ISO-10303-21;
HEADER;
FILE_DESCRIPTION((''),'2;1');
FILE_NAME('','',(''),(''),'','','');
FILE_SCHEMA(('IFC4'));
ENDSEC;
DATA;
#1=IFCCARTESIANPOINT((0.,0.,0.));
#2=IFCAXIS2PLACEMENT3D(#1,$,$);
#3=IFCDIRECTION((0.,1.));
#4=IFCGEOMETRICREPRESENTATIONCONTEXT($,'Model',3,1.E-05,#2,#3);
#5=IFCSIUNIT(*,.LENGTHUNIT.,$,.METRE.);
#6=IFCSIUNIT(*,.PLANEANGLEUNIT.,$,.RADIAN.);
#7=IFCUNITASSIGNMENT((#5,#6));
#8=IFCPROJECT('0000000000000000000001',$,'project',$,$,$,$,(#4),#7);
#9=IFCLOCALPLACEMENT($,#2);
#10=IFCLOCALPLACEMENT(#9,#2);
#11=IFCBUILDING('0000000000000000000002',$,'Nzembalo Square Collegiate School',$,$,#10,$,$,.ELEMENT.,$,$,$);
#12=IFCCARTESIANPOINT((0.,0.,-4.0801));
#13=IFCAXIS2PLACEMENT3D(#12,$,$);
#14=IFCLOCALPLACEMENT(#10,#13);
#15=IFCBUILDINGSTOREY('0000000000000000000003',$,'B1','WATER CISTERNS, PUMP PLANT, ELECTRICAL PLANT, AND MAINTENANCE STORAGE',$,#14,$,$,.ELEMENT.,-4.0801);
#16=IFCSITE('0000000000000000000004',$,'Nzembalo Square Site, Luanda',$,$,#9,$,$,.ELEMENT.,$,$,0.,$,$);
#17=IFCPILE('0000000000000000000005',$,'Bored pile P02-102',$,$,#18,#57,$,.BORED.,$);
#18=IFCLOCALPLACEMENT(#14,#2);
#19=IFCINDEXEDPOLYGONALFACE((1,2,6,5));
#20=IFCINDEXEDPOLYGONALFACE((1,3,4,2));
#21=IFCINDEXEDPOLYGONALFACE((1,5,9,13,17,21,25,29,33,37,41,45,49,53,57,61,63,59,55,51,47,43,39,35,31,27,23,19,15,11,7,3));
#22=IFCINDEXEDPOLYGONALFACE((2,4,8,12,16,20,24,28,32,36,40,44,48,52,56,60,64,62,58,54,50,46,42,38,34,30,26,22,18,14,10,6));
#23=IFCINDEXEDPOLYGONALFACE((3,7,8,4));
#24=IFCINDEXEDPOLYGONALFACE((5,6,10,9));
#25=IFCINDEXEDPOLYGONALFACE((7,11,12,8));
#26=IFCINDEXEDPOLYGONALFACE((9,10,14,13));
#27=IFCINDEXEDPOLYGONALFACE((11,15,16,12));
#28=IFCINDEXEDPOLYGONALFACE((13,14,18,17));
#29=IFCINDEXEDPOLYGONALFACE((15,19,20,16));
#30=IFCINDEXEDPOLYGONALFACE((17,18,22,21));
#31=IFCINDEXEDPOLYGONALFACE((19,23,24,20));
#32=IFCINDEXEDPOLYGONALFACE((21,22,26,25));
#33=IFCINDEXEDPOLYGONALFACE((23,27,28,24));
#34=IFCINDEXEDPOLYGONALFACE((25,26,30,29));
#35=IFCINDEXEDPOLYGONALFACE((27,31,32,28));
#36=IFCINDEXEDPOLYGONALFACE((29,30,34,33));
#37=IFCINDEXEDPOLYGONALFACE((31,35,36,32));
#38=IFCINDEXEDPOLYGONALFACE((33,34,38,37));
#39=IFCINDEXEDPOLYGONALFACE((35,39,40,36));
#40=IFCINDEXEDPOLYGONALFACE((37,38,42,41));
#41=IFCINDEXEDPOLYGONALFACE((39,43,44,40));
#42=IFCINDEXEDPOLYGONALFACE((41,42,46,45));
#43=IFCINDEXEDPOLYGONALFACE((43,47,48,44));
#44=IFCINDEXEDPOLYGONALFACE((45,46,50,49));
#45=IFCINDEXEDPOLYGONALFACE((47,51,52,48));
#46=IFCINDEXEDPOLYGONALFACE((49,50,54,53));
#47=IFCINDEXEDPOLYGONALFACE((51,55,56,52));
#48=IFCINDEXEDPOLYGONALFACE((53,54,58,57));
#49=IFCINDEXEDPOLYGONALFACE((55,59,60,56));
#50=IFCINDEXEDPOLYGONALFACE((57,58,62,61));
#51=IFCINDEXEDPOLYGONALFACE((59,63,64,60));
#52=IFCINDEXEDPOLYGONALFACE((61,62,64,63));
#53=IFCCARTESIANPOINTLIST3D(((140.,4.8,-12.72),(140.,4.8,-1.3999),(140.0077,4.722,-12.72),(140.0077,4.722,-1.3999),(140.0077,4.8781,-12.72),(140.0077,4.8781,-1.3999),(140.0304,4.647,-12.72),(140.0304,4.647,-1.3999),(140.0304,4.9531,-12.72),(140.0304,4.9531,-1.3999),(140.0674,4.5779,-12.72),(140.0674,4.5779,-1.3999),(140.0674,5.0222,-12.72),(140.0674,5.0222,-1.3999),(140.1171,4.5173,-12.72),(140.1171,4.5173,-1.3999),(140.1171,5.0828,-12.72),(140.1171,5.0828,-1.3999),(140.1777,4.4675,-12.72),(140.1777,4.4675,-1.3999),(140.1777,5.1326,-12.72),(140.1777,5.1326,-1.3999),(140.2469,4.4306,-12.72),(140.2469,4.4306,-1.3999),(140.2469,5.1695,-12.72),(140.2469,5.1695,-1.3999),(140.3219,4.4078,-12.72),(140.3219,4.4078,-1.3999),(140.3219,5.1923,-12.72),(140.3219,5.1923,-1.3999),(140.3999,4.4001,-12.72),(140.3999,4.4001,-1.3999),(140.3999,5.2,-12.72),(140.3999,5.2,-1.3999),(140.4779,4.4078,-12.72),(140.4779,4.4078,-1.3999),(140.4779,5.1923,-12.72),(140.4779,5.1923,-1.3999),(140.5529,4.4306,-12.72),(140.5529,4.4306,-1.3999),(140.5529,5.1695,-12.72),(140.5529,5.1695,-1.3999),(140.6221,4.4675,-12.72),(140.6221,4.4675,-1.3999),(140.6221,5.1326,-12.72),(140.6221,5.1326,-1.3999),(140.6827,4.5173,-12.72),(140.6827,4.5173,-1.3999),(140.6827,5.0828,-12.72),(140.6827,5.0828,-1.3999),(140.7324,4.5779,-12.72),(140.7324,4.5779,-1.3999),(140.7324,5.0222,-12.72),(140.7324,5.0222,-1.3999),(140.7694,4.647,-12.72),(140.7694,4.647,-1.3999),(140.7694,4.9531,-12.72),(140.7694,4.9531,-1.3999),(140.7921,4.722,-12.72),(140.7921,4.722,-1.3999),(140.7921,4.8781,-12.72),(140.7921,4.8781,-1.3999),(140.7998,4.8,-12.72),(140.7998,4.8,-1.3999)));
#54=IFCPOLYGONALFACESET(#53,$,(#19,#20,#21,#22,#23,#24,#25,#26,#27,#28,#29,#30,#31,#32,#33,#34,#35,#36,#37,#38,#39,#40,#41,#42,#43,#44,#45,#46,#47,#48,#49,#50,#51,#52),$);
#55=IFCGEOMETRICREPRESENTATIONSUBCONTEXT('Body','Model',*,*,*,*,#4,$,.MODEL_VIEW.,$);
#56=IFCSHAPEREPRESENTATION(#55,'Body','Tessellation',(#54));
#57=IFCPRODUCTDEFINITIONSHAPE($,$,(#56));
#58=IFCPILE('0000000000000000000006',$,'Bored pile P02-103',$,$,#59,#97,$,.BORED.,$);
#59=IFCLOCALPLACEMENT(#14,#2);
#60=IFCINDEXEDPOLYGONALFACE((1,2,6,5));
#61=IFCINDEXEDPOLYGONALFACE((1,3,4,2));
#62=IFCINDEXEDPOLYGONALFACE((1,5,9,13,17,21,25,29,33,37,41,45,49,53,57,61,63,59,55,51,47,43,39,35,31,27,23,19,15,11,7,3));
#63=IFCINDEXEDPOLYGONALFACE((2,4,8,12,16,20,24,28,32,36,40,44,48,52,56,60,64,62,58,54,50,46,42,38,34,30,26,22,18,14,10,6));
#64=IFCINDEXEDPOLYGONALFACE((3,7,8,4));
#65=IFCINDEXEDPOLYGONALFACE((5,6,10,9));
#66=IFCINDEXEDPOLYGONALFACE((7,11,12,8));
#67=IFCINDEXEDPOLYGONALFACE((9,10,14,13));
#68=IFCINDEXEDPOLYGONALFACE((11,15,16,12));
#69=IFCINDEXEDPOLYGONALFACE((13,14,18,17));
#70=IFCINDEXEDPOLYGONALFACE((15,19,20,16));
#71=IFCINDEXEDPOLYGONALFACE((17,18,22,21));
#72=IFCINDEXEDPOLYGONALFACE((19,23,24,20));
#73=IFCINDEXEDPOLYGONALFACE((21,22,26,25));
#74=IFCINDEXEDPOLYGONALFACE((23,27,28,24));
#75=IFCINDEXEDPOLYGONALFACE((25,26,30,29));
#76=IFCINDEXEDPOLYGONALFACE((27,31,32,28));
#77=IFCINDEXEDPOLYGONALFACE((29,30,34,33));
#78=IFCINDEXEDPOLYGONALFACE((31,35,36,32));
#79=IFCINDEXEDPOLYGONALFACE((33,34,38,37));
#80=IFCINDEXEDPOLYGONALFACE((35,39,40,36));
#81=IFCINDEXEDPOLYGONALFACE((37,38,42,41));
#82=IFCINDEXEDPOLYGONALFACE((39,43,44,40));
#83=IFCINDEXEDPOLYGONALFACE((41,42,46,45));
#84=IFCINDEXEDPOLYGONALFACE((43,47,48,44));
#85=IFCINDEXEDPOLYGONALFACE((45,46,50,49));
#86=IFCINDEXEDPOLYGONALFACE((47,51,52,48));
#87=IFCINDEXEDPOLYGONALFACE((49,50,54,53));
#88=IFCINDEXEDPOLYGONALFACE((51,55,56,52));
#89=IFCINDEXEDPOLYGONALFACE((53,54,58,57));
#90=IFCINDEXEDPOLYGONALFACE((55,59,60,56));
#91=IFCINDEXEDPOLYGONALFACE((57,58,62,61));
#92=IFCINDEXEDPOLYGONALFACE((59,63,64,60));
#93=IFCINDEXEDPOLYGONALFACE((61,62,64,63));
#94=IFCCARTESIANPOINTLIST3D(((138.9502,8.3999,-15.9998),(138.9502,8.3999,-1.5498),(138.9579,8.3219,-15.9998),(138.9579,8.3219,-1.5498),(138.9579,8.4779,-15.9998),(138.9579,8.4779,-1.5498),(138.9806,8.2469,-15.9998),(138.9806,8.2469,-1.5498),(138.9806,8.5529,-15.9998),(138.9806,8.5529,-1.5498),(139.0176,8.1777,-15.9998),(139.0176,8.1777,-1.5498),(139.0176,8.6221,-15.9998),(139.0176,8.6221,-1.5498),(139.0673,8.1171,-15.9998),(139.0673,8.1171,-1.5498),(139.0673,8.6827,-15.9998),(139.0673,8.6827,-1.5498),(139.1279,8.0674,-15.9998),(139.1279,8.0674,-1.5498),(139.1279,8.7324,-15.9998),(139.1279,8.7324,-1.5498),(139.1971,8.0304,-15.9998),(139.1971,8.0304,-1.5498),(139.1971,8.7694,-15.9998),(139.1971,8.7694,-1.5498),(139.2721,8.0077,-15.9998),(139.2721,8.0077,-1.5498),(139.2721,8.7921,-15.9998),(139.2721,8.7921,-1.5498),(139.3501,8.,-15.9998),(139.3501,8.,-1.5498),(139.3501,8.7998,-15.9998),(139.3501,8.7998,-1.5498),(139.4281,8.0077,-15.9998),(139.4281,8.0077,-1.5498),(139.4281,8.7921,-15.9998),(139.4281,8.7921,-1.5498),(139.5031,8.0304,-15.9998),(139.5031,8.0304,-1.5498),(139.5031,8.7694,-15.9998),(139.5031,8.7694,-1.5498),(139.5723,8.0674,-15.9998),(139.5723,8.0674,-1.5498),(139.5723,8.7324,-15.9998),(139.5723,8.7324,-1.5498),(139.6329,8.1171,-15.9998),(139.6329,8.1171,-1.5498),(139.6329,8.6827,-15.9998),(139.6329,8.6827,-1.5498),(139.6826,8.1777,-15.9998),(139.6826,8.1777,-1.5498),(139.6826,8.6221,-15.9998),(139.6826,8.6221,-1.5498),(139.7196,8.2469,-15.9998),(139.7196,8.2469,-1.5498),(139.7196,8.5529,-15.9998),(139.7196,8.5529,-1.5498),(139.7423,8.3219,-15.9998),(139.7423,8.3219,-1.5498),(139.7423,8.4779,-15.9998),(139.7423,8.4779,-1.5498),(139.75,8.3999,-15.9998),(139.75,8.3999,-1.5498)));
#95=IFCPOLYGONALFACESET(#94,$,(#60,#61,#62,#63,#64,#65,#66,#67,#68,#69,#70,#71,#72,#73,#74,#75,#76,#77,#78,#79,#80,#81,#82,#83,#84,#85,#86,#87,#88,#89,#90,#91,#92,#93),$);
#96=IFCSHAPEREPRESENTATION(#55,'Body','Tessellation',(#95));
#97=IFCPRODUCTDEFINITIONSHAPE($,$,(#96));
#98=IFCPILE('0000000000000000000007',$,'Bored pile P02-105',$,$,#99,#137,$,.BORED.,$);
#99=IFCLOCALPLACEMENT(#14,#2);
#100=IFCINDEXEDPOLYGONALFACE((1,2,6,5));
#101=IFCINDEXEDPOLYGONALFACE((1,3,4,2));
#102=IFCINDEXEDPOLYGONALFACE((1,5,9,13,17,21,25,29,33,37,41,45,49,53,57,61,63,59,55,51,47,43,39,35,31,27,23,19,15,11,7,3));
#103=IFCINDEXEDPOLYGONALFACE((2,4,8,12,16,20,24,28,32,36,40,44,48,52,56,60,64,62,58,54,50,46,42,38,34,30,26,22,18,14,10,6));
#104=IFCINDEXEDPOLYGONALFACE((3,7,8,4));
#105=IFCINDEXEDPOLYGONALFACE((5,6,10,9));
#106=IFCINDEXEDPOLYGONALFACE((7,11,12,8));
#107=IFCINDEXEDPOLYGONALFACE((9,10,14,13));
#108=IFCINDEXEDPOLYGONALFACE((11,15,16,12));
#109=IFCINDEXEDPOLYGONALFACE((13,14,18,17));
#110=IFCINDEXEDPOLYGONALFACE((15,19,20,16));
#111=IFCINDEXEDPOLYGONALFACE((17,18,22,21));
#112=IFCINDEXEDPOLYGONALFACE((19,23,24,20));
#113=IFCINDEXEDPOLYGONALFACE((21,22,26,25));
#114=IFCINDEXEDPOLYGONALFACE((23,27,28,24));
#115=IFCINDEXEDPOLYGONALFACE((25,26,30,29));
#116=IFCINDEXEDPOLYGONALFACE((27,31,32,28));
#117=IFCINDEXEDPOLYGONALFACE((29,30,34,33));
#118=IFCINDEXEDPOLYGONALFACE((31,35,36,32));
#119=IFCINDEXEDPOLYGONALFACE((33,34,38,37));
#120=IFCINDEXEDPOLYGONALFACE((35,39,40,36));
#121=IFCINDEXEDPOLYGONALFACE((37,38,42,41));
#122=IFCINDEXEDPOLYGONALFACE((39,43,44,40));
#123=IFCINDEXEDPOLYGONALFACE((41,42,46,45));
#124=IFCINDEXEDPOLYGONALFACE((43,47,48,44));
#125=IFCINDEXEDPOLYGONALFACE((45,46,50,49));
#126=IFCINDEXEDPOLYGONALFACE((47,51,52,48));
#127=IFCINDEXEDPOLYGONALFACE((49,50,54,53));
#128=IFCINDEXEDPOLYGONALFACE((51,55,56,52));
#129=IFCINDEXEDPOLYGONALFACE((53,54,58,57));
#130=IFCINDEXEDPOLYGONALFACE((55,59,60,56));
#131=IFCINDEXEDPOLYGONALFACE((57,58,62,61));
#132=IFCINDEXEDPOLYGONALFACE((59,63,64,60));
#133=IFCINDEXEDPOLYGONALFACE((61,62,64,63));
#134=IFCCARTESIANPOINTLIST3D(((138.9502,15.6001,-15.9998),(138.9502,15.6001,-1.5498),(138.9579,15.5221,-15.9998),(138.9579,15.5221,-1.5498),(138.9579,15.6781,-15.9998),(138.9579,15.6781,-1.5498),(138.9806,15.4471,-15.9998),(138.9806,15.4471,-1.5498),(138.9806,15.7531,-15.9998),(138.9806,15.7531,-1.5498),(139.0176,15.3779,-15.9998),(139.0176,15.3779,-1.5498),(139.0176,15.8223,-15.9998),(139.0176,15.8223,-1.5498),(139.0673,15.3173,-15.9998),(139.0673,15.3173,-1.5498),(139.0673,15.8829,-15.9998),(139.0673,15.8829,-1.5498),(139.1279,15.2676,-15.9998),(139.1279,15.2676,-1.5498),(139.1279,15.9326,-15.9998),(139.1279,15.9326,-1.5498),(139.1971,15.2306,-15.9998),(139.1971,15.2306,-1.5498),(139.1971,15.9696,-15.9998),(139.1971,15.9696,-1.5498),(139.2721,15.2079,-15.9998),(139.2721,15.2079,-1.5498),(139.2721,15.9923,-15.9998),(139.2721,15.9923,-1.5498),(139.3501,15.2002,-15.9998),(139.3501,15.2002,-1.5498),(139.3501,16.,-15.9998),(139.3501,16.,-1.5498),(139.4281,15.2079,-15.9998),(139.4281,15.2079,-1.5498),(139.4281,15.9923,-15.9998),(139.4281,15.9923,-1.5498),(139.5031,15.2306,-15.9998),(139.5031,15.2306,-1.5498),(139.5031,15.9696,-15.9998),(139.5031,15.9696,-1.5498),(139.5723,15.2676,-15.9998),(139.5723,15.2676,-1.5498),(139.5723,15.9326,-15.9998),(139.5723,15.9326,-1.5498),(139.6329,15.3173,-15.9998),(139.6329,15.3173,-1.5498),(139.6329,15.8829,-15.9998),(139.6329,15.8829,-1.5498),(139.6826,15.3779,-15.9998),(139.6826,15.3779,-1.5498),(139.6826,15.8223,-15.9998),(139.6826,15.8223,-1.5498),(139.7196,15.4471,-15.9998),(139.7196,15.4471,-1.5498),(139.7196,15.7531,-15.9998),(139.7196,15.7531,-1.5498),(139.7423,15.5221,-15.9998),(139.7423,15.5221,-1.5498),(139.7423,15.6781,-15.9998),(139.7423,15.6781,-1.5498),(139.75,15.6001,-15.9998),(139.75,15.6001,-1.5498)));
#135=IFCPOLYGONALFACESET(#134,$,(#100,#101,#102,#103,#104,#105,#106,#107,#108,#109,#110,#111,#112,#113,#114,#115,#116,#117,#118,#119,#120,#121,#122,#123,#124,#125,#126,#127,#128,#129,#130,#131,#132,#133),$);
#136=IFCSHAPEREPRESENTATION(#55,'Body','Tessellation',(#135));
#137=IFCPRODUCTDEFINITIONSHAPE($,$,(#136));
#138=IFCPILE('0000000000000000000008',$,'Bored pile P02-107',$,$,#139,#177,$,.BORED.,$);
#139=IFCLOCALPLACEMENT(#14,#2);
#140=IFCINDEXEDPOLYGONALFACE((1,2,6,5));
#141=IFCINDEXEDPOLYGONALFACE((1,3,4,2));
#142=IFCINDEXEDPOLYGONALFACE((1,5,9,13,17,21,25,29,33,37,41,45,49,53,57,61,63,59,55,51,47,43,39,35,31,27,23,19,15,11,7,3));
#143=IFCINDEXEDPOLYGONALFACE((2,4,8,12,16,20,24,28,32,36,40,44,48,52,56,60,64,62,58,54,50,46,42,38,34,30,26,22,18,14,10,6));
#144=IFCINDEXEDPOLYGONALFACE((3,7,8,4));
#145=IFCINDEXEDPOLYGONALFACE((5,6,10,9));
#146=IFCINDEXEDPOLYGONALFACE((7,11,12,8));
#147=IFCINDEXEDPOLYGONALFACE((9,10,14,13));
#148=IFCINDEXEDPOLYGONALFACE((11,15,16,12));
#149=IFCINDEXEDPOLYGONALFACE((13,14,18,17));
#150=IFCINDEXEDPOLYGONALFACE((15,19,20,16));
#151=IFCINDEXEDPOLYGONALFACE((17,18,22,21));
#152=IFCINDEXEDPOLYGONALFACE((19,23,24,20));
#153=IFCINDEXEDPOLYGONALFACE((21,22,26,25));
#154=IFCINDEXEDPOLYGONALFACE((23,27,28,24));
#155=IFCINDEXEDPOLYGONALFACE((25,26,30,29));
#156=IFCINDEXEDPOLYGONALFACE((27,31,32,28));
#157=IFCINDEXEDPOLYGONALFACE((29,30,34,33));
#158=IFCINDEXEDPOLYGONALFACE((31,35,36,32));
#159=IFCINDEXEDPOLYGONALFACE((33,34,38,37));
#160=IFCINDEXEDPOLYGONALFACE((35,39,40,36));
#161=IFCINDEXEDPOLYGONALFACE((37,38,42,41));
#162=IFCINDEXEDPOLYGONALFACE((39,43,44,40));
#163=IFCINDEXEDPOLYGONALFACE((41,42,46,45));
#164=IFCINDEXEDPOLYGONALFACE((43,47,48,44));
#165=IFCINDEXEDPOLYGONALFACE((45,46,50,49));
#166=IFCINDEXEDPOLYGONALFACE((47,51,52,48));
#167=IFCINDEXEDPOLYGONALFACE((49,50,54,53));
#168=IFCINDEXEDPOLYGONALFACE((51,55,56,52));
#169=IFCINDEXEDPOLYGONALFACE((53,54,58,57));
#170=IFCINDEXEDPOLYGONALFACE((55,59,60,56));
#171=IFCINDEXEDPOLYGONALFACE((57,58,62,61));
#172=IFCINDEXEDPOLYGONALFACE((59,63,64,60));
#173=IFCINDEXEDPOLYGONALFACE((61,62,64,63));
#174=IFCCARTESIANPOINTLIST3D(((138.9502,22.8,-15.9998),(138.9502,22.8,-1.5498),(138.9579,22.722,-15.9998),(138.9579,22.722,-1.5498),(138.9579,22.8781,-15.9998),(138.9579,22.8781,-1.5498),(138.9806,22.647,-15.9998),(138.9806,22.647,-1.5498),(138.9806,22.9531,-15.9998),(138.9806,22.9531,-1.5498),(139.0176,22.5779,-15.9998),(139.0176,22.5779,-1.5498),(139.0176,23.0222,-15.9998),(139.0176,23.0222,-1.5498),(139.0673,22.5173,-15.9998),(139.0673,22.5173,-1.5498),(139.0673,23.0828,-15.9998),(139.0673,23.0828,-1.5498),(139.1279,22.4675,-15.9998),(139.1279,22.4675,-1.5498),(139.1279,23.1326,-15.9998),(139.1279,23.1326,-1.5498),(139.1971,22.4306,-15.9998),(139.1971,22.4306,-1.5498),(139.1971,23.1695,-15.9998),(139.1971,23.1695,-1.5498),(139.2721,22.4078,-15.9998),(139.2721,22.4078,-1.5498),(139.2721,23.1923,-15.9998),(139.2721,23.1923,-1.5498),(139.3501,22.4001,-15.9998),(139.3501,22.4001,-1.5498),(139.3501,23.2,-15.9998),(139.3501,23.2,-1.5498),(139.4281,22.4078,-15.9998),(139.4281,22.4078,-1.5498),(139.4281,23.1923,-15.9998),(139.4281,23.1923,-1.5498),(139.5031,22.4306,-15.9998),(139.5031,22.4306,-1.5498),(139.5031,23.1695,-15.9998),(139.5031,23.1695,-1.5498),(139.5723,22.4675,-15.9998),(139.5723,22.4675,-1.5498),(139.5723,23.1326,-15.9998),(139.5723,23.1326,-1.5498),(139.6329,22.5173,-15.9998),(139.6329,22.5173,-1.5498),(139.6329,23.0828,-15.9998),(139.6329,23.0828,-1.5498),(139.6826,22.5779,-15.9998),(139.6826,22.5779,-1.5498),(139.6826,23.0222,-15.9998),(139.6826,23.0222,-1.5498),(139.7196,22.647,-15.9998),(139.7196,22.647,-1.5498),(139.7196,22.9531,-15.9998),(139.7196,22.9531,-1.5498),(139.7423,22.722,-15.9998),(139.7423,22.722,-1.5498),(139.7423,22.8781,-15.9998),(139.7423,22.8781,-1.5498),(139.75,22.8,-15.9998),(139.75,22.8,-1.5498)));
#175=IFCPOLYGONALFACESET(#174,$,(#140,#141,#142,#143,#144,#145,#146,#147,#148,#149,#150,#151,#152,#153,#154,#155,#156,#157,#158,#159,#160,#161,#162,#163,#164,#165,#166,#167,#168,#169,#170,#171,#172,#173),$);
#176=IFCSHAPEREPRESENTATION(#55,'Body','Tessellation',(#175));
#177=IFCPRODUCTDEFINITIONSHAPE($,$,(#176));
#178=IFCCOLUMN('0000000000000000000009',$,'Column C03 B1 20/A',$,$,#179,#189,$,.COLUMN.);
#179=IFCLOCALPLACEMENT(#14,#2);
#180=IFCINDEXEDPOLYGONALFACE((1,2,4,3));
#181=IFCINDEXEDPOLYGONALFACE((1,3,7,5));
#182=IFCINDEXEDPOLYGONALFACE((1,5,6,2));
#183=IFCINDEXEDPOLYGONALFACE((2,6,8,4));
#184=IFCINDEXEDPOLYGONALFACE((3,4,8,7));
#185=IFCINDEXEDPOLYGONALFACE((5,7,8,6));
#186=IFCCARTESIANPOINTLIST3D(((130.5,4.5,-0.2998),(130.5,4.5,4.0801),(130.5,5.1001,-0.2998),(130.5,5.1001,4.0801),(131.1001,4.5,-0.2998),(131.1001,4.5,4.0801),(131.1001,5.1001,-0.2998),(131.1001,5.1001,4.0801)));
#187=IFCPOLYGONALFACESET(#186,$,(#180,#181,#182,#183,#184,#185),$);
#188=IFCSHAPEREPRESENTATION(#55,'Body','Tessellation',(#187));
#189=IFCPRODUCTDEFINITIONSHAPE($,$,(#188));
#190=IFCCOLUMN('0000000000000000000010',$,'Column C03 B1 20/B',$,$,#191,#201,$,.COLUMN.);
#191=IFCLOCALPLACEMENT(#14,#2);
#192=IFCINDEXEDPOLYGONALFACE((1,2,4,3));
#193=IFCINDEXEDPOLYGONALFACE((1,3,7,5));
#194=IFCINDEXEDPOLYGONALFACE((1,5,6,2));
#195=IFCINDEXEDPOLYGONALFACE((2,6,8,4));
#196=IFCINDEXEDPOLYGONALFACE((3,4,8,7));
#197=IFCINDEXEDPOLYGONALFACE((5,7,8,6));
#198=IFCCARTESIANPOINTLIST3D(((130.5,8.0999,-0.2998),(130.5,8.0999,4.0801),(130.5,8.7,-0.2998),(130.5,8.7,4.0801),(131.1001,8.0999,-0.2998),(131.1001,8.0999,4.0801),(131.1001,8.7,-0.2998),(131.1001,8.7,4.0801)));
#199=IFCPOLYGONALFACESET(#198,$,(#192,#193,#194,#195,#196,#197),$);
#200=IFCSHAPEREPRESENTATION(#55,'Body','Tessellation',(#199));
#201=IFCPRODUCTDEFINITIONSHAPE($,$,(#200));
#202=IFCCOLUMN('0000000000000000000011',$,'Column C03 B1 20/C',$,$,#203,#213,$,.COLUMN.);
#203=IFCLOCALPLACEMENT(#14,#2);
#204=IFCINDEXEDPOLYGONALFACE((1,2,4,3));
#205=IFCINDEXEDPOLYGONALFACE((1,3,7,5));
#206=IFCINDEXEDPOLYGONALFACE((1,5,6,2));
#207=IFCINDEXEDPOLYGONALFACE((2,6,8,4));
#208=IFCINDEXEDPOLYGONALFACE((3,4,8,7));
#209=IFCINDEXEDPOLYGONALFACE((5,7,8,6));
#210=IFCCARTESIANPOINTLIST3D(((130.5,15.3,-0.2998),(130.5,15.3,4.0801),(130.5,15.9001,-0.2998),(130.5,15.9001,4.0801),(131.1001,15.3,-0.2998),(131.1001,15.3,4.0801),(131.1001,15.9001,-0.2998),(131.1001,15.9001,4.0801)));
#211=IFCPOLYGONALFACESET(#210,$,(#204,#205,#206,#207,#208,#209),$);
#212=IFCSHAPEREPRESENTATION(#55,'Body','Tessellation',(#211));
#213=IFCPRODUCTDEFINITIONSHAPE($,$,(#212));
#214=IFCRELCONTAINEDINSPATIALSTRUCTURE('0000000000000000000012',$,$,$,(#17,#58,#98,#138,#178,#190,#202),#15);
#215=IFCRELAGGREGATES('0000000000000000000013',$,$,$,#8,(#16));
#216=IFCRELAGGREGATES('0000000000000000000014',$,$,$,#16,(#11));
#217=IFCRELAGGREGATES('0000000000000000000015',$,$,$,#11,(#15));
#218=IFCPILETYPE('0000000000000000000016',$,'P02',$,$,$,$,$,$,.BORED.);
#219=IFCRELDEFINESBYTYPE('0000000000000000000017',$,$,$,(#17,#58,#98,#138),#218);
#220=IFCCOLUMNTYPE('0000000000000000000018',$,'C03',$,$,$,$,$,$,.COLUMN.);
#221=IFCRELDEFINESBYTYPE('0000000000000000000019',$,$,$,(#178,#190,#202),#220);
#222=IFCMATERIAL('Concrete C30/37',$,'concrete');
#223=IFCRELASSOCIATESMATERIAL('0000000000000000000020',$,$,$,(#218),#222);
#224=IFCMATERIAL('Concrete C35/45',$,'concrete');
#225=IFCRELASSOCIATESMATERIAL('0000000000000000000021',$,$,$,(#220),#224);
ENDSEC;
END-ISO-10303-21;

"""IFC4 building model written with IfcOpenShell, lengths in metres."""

from ifc_helpers import new_model, si_unit, direction, frame, origin, origin_2d, place, context, subcontext, project, spatial, rectangle, circle, extrude, material, material_profile, profile_set, type_object, element, save


model = new_model("IFC4")

# Units and contexts
model_context = context("Model", 3, precision=1e-05, world=origin(), true_north=direction((0.0, 1.0)))
body_context = subcontext(model_context, "Body", "Model", "MODEL_VIEW")
ifc_project = project(units=[si_unit("LENGTHUNIT", "METRE"), si_unit("PLANEANGLEUNIT", "RADIAN")], contexts=[model_context])

# Site, building, storey
site_placement = place(None, origin())
site = spatial("IfcSite", under=ifc_project, at=site_placement, Name="Nzembalo Square Site, Luanda", CompositionType="ELEMENT", RefElevation=0.0)
building_placement = place(site_placement, origin())
building = spatial("IfcBuilding", under=site, at=building_placement, Name="Nzembalo Square Collegiate School", CompositionType="ELEMENT")
storey_placement = place(building_placement, frame((0.0, 0.0, -4.0801)))
storey = spatial("IfcBuildingStorey", under=building, at=storey_placement, Name="B1", Description="WATER CISTERNS, PUMP PLANT, ELECTRICAL PLANT, AND MAINTENANCE STORAGE", CompositionType="ELEMENT", Elevation=-4.0801)

# Piles
ifc_material_1 = material(Name="Concrete C30/37", Category="concrete")
ifc_material_profile_1 = material_profile(ifc_material_1, circle(Radius=0.3999, at=origin_2d()), Name="PILE D800")
ifc_profile_set_1 = profile_set([ifc_material_profile_1], Name="Concrete C30/37")
pile_type = type_object("IfcPileType", Name="P02", PredefinedType="BORED", material=ifc_profile_set_1)
pile_1_placement = place(storey_placement, frame((140.3999, 4.8, -1.3999), z_axis=(0.0, 0.0, -1.0), x_axis=(1.0, 0.0, 0.0)))
element("IfcPile", 1, at=pile_1_placement, inside=storey, type_object=pile_type, Name="Bored pile P02-102", PredefinedType="BORED", context=body_context, shape_type="SweptSolid", body=[
    extrude(circle(Radius=0.3999, at=origin_2d()), origin(), (0.0, 0.0, 1.0), 11.3201),
])
for number, where, z_axis, x_axis, name in (
    (2, (139.3501, 8.3999, -1.5498), (0.0, 0.0, -1.0), (1.0, 0.0, 0.0), "Bored pile P02-103"),
    (3, (139.3501, 15.6001, -1.5498), (0.0, 0.0, -1.0), (1.0, 0.0, 0.0), "Bored pile P02-105"),
    (4, (139.3501, 22.8, -1.5498), (0.0, 0.0, -1.0), (1.0, 0.0, 0.0), "Bored pile P02-107"),
):
    element("IfcPile", number, at=place(storey_placement, frame(where, z_axis=z_axis, x_axis=x_axis)), inside=storey, type_object=pile_type, Name=name, PredefinedType="BORED", context=body_context, shape_type="SweptSolid", body=[
        extrude(circle(Radius=0.3999, at=origin_2d()), origin(), (0.0, 0.0, 1.0), 14.45),
    ])

# Columns
ifc_material_2 = material(Name="Concrete C35/45", Category="concrete")
ifc_material_profile_2 = material_profile(ifc_material_2, rectangle(XDim=0.6001, YDim=0.6001, at=origin_2d()), Name="RC 600x600")
ifc_profile_set_2 = profile_set([ifc_material_profile_2], Name="Concrete C35/45")
column_type = type_object("IfcColumnType", Name="C03", PredefinedType="COLUMN", material=ifc_profile_set_2)
for number, where, z_axis, x_axis, name in (
    (5, (130.8, 4.8, -0.2998), (0.0, 0.0, 1.0), (1.0, 0.0, 0.0), "Column C03 B1 20/A"),
    (6, (130.8, 8.3999, -0.2998), (0.0, 0.0, 1.0), (1.0, 0.0, 0.0), "Column C03 B1 20/B"),
    (7, (130.8, 15.6001, -0.2998), (0.0, 0.0, 1.0), (1.0, 0.0, 0.0), "Column C03 B1 20/C"),
):
    element("IfcColumn", number, at=place(storey_placement, frame(where, z_axis=z_axis, x_axis=x_axis)), inside=storey, type_object=column_type, Name=name, PredefinedType="COLUMN", context=body_context, shape_type="SweptSolid", body=[
        extrude(rectangle(XDim=0.6001, YDim=0.6001, at=origin_2d()), origin(), (0.0, 0.0, 1.0), 4.3799),
    ])

save(model, "model.ifc")
